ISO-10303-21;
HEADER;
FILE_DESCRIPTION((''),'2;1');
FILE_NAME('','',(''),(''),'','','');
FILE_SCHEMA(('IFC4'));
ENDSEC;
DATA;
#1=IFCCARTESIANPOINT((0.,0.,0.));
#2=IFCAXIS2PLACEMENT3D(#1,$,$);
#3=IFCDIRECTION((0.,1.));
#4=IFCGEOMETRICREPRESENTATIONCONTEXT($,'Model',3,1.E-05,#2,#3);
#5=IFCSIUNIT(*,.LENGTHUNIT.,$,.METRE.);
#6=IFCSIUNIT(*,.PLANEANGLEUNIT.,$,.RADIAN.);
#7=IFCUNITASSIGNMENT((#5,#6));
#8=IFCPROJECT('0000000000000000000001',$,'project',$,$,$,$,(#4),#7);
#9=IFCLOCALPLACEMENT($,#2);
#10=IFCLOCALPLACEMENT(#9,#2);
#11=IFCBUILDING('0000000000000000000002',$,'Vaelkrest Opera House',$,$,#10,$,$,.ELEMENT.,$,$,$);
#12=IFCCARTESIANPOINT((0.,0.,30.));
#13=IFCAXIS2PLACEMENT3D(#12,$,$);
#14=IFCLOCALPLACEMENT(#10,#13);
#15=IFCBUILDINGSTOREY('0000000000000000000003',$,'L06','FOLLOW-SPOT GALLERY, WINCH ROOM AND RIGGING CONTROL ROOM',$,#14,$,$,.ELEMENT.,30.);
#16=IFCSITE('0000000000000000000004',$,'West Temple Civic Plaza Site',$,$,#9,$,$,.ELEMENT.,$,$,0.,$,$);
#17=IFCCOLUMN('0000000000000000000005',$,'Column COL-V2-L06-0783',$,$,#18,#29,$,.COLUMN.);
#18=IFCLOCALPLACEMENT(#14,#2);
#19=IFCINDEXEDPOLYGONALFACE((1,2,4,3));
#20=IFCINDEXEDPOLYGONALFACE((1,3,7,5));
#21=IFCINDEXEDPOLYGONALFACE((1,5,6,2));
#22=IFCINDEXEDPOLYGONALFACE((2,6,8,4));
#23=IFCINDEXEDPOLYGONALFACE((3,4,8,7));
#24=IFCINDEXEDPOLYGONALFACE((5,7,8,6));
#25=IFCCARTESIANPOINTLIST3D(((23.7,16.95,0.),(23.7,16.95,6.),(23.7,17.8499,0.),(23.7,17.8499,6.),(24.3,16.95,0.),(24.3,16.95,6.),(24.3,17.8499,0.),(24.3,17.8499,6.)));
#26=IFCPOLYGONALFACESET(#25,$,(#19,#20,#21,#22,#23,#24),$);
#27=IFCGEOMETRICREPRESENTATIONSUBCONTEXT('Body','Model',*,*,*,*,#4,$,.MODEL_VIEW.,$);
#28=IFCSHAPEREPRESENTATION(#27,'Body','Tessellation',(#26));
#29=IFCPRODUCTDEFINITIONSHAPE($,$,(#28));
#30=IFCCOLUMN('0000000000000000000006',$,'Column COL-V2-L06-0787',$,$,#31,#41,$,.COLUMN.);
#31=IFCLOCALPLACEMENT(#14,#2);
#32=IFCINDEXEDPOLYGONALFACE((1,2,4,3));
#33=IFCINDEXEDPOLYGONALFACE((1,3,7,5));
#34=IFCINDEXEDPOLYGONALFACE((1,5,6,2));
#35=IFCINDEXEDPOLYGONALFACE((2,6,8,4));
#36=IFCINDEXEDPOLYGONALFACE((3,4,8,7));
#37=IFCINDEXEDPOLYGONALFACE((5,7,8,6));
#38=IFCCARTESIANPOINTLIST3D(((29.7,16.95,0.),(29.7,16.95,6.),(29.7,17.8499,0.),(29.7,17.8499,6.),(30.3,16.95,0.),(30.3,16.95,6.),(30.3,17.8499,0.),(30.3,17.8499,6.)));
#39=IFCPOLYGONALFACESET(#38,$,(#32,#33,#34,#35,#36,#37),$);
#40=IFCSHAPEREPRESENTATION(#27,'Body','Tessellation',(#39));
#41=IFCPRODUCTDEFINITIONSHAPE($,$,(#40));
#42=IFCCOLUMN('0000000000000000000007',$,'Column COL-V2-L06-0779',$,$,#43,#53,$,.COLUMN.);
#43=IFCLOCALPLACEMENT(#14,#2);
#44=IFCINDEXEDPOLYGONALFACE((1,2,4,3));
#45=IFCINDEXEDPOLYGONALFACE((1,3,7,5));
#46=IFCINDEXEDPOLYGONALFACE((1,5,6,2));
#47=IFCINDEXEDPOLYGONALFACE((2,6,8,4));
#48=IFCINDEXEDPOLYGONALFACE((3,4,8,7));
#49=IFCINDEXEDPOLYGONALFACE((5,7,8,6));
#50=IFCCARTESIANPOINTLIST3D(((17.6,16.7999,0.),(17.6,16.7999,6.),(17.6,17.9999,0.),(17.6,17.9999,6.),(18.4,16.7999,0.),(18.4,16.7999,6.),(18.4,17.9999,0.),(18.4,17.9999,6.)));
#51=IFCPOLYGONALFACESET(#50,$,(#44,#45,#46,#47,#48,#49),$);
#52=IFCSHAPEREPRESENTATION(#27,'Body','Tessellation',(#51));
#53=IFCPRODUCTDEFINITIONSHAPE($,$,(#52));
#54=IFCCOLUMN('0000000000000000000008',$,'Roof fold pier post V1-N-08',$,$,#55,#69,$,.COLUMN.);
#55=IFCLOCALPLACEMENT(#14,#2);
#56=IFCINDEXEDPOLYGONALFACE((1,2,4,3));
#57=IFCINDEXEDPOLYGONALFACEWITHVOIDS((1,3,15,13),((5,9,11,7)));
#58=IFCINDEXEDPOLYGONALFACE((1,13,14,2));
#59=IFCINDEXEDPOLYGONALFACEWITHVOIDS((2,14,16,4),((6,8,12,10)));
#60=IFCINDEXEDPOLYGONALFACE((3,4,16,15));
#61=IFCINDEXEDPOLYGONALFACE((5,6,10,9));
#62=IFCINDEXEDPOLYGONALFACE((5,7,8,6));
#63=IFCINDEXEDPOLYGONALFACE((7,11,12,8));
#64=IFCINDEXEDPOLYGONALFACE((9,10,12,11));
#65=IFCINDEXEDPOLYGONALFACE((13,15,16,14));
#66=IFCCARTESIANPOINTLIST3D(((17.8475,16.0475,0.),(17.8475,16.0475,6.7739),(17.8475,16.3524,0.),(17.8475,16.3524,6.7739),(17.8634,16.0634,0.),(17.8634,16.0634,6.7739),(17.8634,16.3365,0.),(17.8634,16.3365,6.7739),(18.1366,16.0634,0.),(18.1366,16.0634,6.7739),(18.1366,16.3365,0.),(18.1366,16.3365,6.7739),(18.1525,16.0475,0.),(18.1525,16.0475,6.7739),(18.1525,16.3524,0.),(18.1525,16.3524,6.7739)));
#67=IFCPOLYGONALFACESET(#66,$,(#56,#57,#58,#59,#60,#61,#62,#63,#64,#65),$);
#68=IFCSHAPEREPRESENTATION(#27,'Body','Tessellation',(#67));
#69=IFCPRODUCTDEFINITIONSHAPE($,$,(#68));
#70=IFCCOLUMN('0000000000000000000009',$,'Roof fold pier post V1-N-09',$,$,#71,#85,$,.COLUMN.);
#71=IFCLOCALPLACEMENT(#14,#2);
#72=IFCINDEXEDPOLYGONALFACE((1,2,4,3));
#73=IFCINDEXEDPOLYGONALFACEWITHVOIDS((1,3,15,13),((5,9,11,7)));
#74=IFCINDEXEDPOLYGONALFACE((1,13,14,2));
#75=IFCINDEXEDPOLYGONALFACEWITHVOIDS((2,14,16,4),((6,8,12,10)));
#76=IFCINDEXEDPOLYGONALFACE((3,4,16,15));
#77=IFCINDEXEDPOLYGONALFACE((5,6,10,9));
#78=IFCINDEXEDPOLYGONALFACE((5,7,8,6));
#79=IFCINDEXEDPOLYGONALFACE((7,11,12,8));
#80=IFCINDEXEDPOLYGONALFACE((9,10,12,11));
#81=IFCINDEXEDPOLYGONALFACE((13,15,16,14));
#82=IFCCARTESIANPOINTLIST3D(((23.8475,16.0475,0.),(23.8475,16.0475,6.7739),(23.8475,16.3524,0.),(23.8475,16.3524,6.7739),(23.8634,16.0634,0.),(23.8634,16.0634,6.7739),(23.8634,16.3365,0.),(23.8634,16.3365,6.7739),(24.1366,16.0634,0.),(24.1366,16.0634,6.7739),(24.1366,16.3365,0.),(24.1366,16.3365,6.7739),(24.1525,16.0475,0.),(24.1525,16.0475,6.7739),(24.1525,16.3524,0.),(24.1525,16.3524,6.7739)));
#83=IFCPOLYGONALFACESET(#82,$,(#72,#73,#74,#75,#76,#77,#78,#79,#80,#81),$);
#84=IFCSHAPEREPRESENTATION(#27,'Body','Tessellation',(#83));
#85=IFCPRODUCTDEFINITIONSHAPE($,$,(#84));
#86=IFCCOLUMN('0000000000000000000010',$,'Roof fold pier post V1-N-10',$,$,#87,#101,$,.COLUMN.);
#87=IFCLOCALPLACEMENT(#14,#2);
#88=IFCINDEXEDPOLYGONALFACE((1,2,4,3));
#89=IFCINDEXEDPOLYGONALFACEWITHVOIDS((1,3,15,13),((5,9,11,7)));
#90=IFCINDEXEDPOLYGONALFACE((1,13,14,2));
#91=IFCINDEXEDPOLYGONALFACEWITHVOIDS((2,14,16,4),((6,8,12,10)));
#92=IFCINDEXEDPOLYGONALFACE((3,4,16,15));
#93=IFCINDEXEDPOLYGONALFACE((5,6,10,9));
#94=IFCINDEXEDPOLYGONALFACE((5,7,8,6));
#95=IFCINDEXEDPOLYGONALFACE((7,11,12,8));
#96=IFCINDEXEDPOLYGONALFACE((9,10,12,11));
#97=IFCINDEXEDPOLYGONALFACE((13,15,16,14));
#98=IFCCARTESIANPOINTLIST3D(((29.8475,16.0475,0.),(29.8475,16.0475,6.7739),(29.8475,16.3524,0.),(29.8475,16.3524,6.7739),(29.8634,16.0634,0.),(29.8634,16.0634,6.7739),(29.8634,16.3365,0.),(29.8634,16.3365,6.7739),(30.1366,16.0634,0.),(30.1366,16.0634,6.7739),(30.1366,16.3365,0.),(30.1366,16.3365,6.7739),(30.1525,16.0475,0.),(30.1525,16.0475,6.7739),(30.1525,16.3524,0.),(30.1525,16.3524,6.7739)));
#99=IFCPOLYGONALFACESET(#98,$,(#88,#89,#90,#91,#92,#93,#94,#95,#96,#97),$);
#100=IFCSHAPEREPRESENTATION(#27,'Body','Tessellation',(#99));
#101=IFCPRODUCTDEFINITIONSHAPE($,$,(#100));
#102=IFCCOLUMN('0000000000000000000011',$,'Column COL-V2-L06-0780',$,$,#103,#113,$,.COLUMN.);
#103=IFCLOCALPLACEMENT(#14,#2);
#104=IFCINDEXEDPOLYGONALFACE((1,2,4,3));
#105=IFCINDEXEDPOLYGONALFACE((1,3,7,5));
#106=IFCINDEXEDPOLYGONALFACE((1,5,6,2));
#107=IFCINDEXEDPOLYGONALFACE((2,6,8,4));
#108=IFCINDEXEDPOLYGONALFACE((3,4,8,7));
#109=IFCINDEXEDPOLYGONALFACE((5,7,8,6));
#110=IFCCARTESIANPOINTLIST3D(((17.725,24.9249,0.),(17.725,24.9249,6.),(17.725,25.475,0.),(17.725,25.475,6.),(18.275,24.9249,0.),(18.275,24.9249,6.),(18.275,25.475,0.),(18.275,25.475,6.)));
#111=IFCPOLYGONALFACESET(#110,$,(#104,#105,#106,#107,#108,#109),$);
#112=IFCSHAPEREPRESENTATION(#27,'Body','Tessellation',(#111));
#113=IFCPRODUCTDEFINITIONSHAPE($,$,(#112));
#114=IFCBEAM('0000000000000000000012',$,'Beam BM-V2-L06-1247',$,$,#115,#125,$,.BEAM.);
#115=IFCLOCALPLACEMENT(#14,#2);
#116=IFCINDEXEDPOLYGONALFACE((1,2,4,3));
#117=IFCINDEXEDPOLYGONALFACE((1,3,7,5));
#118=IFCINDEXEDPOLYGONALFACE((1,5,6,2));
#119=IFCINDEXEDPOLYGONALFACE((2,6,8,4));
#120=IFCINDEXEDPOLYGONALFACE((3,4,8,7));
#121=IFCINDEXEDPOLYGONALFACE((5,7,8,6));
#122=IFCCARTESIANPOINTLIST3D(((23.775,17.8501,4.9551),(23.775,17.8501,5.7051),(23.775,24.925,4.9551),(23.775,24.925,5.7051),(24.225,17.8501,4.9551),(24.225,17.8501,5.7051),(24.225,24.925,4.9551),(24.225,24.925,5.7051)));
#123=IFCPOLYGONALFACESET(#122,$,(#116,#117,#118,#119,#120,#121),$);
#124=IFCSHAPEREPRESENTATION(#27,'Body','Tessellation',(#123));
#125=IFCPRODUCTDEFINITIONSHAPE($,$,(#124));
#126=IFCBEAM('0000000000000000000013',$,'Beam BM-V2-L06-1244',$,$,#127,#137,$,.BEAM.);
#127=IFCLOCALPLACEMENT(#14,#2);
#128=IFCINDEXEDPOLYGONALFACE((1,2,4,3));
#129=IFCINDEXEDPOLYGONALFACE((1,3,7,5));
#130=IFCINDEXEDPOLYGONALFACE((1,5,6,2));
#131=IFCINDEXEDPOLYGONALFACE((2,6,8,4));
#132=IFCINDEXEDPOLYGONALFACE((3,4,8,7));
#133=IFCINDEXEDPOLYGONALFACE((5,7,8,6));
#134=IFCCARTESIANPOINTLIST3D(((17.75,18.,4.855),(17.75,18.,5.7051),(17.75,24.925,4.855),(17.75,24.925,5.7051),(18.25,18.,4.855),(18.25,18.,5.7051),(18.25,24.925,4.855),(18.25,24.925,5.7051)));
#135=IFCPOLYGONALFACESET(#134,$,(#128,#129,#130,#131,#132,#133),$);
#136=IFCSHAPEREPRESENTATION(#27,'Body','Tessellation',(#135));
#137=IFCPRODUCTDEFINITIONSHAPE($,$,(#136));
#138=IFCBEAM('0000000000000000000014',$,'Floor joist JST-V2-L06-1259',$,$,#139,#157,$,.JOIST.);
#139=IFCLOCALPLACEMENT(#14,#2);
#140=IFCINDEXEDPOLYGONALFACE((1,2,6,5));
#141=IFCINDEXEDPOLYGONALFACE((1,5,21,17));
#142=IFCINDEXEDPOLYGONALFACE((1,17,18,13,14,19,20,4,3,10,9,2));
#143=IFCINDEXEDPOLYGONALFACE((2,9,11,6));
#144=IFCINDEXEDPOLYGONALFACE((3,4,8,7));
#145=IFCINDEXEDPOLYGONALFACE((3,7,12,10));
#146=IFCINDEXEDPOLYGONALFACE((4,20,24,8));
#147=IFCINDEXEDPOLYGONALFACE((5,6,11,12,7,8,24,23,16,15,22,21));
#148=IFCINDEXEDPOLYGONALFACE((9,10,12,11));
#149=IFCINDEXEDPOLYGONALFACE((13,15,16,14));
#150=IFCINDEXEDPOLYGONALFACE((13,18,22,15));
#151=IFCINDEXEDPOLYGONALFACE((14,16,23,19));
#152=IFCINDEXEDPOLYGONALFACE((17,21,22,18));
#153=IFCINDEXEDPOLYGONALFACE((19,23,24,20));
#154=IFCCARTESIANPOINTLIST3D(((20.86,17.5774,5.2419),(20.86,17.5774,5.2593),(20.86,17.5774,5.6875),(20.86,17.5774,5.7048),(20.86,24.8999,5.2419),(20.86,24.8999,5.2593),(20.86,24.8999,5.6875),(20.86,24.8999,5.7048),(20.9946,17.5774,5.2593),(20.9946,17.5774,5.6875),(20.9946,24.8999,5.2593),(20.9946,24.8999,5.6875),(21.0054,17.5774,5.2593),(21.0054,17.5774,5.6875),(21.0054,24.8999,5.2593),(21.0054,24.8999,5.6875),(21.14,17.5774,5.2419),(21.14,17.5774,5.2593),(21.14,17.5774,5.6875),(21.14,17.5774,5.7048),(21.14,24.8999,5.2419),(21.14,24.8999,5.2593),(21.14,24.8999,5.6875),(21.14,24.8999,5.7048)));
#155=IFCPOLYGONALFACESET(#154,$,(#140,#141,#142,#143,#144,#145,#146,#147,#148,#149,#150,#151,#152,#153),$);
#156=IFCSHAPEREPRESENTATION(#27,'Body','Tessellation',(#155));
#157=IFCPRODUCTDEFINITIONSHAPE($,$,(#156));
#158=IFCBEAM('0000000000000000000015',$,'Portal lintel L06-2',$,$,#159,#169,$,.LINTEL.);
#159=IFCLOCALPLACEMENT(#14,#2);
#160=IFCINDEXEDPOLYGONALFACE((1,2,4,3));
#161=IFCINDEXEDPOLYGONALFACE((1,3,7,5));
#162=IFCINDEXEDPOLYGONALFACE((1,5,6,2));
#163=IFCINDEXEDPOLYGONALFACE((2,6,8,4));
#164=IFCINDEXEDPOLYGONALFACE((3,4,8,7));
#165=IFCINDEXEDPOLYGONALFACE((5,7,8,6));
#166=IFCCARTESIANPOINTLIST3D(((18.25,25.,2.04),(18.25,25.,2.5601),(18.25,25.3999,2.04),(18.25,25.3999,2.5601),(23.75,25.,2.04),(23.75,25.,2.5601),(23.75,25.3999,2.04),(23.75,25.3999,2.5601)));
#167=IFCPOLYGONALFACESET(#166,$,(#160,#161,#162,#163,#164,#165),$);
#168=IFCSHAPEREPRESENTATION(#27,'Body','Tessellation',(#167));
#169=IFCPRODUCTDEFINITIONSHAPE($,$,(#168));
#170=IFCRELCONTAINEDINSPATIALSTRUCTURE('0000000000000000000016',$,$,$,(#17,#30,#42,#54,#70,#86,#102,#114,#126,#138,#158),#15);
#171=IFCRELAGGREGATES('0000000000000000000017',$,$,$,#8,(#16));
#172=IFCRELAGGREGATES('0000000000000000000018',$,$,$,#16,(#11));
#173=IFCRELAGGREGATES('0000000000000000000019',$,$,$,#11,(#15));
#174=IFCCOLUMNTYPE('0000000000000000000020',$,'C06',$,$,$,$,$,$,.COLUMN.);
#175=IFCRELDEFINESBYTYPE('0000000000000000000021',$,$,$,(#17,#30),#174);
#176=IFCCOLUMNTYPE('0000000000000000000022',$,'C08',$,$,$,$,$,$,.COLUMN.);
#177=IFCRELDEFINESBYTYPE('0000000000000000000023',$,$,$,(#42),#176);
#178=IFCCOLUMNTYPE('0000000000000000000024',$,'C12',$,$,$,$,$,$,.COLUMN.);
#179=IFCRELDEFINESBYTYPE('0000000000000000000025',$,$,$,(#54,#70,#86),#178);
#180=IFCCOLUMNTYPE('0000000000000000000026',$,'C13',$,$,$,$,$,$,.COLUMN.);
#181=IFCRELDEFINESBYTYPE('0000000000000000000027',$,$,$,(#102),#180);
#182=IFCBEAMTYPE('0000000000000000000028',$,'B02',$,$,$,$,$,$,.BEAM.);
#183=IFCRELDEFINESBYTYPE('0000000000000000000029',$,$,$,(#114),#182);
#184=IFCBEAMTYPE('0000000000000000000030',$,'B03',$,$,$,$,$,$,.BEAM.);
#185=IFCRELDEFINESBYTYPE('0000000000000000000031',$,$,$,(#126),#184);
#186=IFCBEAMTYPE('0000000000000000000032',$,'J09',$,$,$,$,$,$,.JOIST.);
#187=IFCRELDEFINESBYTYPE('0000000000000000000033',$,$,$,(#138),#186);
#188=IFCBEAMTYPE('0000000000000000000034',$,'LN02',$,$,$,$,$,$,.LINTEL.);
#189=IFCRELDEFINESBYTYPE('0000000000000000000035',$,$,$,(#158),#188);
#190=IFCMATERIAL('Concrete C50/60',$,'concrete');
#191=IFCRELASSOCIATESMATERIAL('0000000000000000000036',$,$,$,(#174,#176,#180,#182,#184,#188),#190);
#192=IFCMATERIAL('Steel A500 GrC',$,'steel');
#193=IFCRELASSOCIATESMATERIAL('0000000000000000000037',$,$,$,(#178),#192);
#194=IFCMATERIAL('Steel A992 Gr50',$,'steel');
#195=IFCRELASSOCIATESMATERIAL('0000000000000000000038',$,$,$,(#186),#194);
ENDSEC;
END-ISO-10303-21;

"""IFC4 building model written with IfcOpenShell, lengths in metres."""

from ifc_helpers import new_model, si_unit, direction, frame, origin, origin_2d, place, context, subcontext, project, spatial, rectangle, hollow_rectangle, i_section, extrude, material, material_profile, profile_set, type_object, element, save


model = new_model("IFC4")

# Units and contexts
model_context = context("Model", 3, precision=1e-05, world=origin(), true_north=direction((0.0, 1.0)))
body_context = subcontext(model_context, "Body", "Model", "MODEL_VIEW")
ifc_project = project(units=[si_unit("LENGTHUNIT", "METRE"), si_unit("PLANEANGLEUNIT", "RADIAN")], contexts=[model_context])

# Site, building, storey
site_placement = place(None, origin())
site = spatial("IfcSite", under=ifc_project, at=site_placement, Name="West Temple Civic Plaza Site", CompositionType="ELEMENT", RefElevation=0.0)
building_placement = place(site_placement, origin())
building = spatial("IfcBuilding", under=site, at=building_placement, Name="Vaelkrest Opera House", CompositionType="ELEMENT")
storey_placement = place(building_placement, frame((0.0, 0.0, 30.0)))
storey = spatial("IfcBuildingStorey", under=building, at=storey_placement, Name="L06", Description="FOLLOW-SPOT GALLERY, WINCH ROOM AND RIGGING CONTROL ROOM", CompositionType="ELEMENT", Elevation=30.0)

# Columns
ifc_material_1 = material(Name="Concrete C50/60", Category="concrete")
ifc_material_profile_1 = material_profile(ifc_material_1, rectangle(XDim=0.6001, YDim=0.8999, at=origin_2d()), Name="RC600X900")
ifc_profile_set_1 = profile_set([ifc_material_profile_1], Name="Concrete C50/60")
column_type_1 = type_object("IfcColumnType", Name="C06", PredefinedType="COLUMN", material=ifc_profile_set_1)
for number, where, z_axis, x_axis, name in (
    (1, (24.0, 17.3999, 0.0), (0.0, 0.0, 1.0), (1.0, 0.0, 0.0), "Column COL-V2-L06-0783"),
    (2, (30.0, 17.3999, 0.0), (0.0, 0.0, 1.0), (1.0, 0.0, 0.0), "Column COL-V2-L06-0787"),
):
    element("IfcColumn", number, at=place(storey_placement, frame(where, z_axis=z_axis, x_axis=x_axis)), inside=storey, type_object=column_type_1, Name=name, PredefinedType="COLUMN", context=body_context, shape_type="SweptSolid", body=[
        extrude(rectangle(XDim=0.6001, YDim=0.8999, at=origin_2d()), origin(), (0.0, 0.0, 1.0), 6.0),
    ])
ifc_material_profile_2 = material_profile(ifc_material_1, rectangle(XDim=0.8, YDim=1.2, at=origin_2d()), Name="RC800X1200")
ifc_profile_set_2 = profile_set([ifc_material_profile_2], Name="Concrete C50/60")
column_type_2 = type_object("IfcColumnType", Name="C08", PredefinedType="COLUMN", material=ifc_profile_set_2)
column_1_placement = place(storey_placement, frame((18.0, 17.3999, 0.0), z_axis=(0.0, 0.0, 1.0), x_axis=(1.0, 0.0, 0.0)))
element("IfcColumn", 3, at=column_1_placement, inside=storey, type_object=column_type_2, Name="Column COL-V2-L06-0779", PredefinedType="COLUMN", context=body_context, shape_type="SweptSolid", body=[
    extrude(rectangle(XDim=0.8, YDim=1.2, at=origin_2d()), origin(), (0.0, 0.0, 1.0), 6.0),
])
ifc_material_2 = material(Name="Steel A500 GrC", Category="steel")
ifc_material_profile_3 = material_profile(ifc_material_2, hollow_rectangle(XDim=0.3049, YDim=0.3049, WallThickness=0.0159, at=origin_2d()), Name="HSS305X305X15.9")
ifc_profile_set_3 = profile_set([ifc_material_profile_3], Name="Steel A500 GrC")
column_type_3 = type_object("IfcColumnType", Name="C12", PredefinedType="COLUMN", material=ifc_profile_set_3)
for number, where, z_axis, x_axis, name in (
    (4, (18.0, 16.2, 0.0), (0.0, 0.0, 1.0), (1.0, 0.0, 0.0), "Roof fold pier post V1-N-08"),
    (5, (24.0, 16.2, 0.0), (0.0, 0.0, 1.0), (1.0, 0.0, 0.0), "Roof fold pier post V1-N-09"),
    (6, (30.0, 16.2, 0.0), (0.0, 0.0, 1.0), (1.0, 0.0, 0.0), "Roof fold pier post V1-N-10"),
):
    element("IfcColumn", number, at=place(storey_placement, frame(where, z_axis=z_axis, x_axis=x_axis)), inside=storey, type_object=column_type_3, Name=name, PredefinedType="COLUMN", context=body_context, shape_type="SweptSolid", body=[
        extrude(hollow_rectangle(XDim=0.3049, YDim=0.3049, WallThickness=0.0159, at=origin_2d()), origin(), (0.0, 0.0, 1.0), 6.7739),
    ])
ifc_material_profile_4 = material_profile(ifc_material_1, rectangle(XDim=0.55, YDim=0.55, at=origin_2d()), Name="RC550X550")
ifc_profile_set_4 = profile_set([ifc_material_profile_4], Name="Concrete C50/60")
column_type_4 = type_object("IfcColumnType", Name="C13", PredefinedType="COLUMN", material=ifc_profile_set_4)
column_2_placement = place(storey_placement, frame((18.0, 25.2, 0.0), z_axis=(0.0, 0.0, 1.0), x_axis=(1.0, 0.0, 0.0)))
element("IfcColumn", 7, at=column_2_placement, inside=storey, type_object=column_type_4, Name="Column COL-V2-L06-0780", PredefinedType="COLUMN", context=body_context, shape_type="SweptSolid", body=[
    extrude(rectangle(XDim=0.55, YDim=0.55, at=origin_2d()), origin(), (0.0, 0.0, 1.0), 6.0),
])

# Beams
ifc_material_profile_5 = material_profile(ifc_material_1, rectangle(XDim=0.45, YDim=0.75, at=origin_2d()), Name="RCB450X750")
ifc_profile_set_5 = profile_set([ifc_material_profile_5], Name="Concrete C50/60")
beam_type_1 = type_object("IfcBeamType", Name="B02", PredefinedType="BEAM", material=ifc_profile_set_5)
beam_1_placement = place(storey_placement, frame((24.0, 17.8501, 5.3301), z_axis=(0.0, 1.0, 0.0), x_axis=(-1.0, 0.0, 0.0)))
element("IfcBeam", 8, at=beam_1_placement, inside=storey, type_object=beam_type_1, Name="Beam BM-V2-L06-1247", PredefinedType="BEAM", context=body_context, shape_type="SweptSolid", body=[
    extrude(rectangle(XDim=0.45, YDim=0.75, at=origin_2d()), origin(), (0.0, 0.0, 1.0), 7.075),
])
ifc_material_profile_6 = material_profile(ifc_material_1, rectangle(XDim=0.5, YDim=0.8501, at=origin_2d()), Name="RCB500X850")
ifc_profile_set_6 = profile_set([ifc_material_profile_6], Name="Concrete C50/60")
beam_type_2 = type_object("IfcBeamType", Name="B03", PredefinedType="BEAM", material=ifc_profile_set_6)
beam_2_placement = place(storey_placement, frame((18.0, 18.0, 5.28), z_axis=(0.0, 1.0, 0.0), x_axis=(-1.0, 0.0, 0.0)))
element("IfcBeam", 9, at=beam_2_placement, inside=storey, type_object=beam_type_2, Name="Beam BM-V2-L06-1244", PredefinedType="BEAM", context=body_context, shape_type="SweptSolid", body=[
    extrude(rectangle(XDim=0.5, YDim=0.8501, at=origin_2d()), origin(), (0.0, 0.0, 1.0), 6.925),
])
ifc_material_3 = material(Name="Steel A992 Gr50", Category="steel")
ifc_material_profile_7 = material_profile(ifc_material_3, i_section(OverallWidth=0.28, OverallDepth=0.4629, WebThickness=0.0107, FlangeThickness=0.0173, at=origin_2d()), Name="W18X76")
ifc_profile_set_7 = profile_set([ifc_material_profile_7], Name="Steel A992 Gr50")
beam_type_3 = type_object("IfcBeamType", Name="J09", PredefinedType="JOIST", material=ifc_profile_set_7)
beam_3_placement = place(storey_placement, frame((21.0, 17.5774, 5.4734), z_axis=(0.0, 1.0, 0.0), x_axis=(-1.0, 0.0, 0.0)))
element("IfcBeam", 10, at=beam_3_placement, inside=storey, type_object=beam_type_3, Name="Floor joist JST-V2-L06-1259", PredefinedType="JOIST", context=body_context, shape_type="SweptSolid", body=[
    extrude(i_section(OverallWidth=0.28, OverallDepth=0.4629, WebThickness=0.0107, FlangeThickness=0.0173, at=origin_2d()), origin(), (0.0, 0.0, 1.0), 7.3225),
])
ifc_material_profile_8 = material_profile(ifc_material_1, rectangle(XDim=0.3999, YDim=0.52, at=origin_2d()), Name="RCB400X520")
ifc_profile_set_8 = profile_set([ifc_material_profile_8], Name="Concrete C50/60")
beam_type_4 = type_object("IfcBeamType", Name="LN02", PredefinedType="LINTEL", material=ifc_profile_set_8)
beam_4_placement = place(storey_placement, frame((18.25, 25.2, 2.3), z_axis=(1.0, 0.0, 0.0), x_axis=(0.0, 1.0, 0.0)))
element("IfcBeam", 11, at=beam_4_placement, inside=storey, type_object=beam_type_4, Name="Portal lintel L06-2", PredefinedType="LINTEL", context=body_context, shape_type="SweptSolid", body=[
    extrude(rectangle(XDim=0.3999, YDim=0.52, at=origin_2d()), origin(), (0.0, 0.0, 1.0), 5.5),
])

save(model, "model.ifc")
